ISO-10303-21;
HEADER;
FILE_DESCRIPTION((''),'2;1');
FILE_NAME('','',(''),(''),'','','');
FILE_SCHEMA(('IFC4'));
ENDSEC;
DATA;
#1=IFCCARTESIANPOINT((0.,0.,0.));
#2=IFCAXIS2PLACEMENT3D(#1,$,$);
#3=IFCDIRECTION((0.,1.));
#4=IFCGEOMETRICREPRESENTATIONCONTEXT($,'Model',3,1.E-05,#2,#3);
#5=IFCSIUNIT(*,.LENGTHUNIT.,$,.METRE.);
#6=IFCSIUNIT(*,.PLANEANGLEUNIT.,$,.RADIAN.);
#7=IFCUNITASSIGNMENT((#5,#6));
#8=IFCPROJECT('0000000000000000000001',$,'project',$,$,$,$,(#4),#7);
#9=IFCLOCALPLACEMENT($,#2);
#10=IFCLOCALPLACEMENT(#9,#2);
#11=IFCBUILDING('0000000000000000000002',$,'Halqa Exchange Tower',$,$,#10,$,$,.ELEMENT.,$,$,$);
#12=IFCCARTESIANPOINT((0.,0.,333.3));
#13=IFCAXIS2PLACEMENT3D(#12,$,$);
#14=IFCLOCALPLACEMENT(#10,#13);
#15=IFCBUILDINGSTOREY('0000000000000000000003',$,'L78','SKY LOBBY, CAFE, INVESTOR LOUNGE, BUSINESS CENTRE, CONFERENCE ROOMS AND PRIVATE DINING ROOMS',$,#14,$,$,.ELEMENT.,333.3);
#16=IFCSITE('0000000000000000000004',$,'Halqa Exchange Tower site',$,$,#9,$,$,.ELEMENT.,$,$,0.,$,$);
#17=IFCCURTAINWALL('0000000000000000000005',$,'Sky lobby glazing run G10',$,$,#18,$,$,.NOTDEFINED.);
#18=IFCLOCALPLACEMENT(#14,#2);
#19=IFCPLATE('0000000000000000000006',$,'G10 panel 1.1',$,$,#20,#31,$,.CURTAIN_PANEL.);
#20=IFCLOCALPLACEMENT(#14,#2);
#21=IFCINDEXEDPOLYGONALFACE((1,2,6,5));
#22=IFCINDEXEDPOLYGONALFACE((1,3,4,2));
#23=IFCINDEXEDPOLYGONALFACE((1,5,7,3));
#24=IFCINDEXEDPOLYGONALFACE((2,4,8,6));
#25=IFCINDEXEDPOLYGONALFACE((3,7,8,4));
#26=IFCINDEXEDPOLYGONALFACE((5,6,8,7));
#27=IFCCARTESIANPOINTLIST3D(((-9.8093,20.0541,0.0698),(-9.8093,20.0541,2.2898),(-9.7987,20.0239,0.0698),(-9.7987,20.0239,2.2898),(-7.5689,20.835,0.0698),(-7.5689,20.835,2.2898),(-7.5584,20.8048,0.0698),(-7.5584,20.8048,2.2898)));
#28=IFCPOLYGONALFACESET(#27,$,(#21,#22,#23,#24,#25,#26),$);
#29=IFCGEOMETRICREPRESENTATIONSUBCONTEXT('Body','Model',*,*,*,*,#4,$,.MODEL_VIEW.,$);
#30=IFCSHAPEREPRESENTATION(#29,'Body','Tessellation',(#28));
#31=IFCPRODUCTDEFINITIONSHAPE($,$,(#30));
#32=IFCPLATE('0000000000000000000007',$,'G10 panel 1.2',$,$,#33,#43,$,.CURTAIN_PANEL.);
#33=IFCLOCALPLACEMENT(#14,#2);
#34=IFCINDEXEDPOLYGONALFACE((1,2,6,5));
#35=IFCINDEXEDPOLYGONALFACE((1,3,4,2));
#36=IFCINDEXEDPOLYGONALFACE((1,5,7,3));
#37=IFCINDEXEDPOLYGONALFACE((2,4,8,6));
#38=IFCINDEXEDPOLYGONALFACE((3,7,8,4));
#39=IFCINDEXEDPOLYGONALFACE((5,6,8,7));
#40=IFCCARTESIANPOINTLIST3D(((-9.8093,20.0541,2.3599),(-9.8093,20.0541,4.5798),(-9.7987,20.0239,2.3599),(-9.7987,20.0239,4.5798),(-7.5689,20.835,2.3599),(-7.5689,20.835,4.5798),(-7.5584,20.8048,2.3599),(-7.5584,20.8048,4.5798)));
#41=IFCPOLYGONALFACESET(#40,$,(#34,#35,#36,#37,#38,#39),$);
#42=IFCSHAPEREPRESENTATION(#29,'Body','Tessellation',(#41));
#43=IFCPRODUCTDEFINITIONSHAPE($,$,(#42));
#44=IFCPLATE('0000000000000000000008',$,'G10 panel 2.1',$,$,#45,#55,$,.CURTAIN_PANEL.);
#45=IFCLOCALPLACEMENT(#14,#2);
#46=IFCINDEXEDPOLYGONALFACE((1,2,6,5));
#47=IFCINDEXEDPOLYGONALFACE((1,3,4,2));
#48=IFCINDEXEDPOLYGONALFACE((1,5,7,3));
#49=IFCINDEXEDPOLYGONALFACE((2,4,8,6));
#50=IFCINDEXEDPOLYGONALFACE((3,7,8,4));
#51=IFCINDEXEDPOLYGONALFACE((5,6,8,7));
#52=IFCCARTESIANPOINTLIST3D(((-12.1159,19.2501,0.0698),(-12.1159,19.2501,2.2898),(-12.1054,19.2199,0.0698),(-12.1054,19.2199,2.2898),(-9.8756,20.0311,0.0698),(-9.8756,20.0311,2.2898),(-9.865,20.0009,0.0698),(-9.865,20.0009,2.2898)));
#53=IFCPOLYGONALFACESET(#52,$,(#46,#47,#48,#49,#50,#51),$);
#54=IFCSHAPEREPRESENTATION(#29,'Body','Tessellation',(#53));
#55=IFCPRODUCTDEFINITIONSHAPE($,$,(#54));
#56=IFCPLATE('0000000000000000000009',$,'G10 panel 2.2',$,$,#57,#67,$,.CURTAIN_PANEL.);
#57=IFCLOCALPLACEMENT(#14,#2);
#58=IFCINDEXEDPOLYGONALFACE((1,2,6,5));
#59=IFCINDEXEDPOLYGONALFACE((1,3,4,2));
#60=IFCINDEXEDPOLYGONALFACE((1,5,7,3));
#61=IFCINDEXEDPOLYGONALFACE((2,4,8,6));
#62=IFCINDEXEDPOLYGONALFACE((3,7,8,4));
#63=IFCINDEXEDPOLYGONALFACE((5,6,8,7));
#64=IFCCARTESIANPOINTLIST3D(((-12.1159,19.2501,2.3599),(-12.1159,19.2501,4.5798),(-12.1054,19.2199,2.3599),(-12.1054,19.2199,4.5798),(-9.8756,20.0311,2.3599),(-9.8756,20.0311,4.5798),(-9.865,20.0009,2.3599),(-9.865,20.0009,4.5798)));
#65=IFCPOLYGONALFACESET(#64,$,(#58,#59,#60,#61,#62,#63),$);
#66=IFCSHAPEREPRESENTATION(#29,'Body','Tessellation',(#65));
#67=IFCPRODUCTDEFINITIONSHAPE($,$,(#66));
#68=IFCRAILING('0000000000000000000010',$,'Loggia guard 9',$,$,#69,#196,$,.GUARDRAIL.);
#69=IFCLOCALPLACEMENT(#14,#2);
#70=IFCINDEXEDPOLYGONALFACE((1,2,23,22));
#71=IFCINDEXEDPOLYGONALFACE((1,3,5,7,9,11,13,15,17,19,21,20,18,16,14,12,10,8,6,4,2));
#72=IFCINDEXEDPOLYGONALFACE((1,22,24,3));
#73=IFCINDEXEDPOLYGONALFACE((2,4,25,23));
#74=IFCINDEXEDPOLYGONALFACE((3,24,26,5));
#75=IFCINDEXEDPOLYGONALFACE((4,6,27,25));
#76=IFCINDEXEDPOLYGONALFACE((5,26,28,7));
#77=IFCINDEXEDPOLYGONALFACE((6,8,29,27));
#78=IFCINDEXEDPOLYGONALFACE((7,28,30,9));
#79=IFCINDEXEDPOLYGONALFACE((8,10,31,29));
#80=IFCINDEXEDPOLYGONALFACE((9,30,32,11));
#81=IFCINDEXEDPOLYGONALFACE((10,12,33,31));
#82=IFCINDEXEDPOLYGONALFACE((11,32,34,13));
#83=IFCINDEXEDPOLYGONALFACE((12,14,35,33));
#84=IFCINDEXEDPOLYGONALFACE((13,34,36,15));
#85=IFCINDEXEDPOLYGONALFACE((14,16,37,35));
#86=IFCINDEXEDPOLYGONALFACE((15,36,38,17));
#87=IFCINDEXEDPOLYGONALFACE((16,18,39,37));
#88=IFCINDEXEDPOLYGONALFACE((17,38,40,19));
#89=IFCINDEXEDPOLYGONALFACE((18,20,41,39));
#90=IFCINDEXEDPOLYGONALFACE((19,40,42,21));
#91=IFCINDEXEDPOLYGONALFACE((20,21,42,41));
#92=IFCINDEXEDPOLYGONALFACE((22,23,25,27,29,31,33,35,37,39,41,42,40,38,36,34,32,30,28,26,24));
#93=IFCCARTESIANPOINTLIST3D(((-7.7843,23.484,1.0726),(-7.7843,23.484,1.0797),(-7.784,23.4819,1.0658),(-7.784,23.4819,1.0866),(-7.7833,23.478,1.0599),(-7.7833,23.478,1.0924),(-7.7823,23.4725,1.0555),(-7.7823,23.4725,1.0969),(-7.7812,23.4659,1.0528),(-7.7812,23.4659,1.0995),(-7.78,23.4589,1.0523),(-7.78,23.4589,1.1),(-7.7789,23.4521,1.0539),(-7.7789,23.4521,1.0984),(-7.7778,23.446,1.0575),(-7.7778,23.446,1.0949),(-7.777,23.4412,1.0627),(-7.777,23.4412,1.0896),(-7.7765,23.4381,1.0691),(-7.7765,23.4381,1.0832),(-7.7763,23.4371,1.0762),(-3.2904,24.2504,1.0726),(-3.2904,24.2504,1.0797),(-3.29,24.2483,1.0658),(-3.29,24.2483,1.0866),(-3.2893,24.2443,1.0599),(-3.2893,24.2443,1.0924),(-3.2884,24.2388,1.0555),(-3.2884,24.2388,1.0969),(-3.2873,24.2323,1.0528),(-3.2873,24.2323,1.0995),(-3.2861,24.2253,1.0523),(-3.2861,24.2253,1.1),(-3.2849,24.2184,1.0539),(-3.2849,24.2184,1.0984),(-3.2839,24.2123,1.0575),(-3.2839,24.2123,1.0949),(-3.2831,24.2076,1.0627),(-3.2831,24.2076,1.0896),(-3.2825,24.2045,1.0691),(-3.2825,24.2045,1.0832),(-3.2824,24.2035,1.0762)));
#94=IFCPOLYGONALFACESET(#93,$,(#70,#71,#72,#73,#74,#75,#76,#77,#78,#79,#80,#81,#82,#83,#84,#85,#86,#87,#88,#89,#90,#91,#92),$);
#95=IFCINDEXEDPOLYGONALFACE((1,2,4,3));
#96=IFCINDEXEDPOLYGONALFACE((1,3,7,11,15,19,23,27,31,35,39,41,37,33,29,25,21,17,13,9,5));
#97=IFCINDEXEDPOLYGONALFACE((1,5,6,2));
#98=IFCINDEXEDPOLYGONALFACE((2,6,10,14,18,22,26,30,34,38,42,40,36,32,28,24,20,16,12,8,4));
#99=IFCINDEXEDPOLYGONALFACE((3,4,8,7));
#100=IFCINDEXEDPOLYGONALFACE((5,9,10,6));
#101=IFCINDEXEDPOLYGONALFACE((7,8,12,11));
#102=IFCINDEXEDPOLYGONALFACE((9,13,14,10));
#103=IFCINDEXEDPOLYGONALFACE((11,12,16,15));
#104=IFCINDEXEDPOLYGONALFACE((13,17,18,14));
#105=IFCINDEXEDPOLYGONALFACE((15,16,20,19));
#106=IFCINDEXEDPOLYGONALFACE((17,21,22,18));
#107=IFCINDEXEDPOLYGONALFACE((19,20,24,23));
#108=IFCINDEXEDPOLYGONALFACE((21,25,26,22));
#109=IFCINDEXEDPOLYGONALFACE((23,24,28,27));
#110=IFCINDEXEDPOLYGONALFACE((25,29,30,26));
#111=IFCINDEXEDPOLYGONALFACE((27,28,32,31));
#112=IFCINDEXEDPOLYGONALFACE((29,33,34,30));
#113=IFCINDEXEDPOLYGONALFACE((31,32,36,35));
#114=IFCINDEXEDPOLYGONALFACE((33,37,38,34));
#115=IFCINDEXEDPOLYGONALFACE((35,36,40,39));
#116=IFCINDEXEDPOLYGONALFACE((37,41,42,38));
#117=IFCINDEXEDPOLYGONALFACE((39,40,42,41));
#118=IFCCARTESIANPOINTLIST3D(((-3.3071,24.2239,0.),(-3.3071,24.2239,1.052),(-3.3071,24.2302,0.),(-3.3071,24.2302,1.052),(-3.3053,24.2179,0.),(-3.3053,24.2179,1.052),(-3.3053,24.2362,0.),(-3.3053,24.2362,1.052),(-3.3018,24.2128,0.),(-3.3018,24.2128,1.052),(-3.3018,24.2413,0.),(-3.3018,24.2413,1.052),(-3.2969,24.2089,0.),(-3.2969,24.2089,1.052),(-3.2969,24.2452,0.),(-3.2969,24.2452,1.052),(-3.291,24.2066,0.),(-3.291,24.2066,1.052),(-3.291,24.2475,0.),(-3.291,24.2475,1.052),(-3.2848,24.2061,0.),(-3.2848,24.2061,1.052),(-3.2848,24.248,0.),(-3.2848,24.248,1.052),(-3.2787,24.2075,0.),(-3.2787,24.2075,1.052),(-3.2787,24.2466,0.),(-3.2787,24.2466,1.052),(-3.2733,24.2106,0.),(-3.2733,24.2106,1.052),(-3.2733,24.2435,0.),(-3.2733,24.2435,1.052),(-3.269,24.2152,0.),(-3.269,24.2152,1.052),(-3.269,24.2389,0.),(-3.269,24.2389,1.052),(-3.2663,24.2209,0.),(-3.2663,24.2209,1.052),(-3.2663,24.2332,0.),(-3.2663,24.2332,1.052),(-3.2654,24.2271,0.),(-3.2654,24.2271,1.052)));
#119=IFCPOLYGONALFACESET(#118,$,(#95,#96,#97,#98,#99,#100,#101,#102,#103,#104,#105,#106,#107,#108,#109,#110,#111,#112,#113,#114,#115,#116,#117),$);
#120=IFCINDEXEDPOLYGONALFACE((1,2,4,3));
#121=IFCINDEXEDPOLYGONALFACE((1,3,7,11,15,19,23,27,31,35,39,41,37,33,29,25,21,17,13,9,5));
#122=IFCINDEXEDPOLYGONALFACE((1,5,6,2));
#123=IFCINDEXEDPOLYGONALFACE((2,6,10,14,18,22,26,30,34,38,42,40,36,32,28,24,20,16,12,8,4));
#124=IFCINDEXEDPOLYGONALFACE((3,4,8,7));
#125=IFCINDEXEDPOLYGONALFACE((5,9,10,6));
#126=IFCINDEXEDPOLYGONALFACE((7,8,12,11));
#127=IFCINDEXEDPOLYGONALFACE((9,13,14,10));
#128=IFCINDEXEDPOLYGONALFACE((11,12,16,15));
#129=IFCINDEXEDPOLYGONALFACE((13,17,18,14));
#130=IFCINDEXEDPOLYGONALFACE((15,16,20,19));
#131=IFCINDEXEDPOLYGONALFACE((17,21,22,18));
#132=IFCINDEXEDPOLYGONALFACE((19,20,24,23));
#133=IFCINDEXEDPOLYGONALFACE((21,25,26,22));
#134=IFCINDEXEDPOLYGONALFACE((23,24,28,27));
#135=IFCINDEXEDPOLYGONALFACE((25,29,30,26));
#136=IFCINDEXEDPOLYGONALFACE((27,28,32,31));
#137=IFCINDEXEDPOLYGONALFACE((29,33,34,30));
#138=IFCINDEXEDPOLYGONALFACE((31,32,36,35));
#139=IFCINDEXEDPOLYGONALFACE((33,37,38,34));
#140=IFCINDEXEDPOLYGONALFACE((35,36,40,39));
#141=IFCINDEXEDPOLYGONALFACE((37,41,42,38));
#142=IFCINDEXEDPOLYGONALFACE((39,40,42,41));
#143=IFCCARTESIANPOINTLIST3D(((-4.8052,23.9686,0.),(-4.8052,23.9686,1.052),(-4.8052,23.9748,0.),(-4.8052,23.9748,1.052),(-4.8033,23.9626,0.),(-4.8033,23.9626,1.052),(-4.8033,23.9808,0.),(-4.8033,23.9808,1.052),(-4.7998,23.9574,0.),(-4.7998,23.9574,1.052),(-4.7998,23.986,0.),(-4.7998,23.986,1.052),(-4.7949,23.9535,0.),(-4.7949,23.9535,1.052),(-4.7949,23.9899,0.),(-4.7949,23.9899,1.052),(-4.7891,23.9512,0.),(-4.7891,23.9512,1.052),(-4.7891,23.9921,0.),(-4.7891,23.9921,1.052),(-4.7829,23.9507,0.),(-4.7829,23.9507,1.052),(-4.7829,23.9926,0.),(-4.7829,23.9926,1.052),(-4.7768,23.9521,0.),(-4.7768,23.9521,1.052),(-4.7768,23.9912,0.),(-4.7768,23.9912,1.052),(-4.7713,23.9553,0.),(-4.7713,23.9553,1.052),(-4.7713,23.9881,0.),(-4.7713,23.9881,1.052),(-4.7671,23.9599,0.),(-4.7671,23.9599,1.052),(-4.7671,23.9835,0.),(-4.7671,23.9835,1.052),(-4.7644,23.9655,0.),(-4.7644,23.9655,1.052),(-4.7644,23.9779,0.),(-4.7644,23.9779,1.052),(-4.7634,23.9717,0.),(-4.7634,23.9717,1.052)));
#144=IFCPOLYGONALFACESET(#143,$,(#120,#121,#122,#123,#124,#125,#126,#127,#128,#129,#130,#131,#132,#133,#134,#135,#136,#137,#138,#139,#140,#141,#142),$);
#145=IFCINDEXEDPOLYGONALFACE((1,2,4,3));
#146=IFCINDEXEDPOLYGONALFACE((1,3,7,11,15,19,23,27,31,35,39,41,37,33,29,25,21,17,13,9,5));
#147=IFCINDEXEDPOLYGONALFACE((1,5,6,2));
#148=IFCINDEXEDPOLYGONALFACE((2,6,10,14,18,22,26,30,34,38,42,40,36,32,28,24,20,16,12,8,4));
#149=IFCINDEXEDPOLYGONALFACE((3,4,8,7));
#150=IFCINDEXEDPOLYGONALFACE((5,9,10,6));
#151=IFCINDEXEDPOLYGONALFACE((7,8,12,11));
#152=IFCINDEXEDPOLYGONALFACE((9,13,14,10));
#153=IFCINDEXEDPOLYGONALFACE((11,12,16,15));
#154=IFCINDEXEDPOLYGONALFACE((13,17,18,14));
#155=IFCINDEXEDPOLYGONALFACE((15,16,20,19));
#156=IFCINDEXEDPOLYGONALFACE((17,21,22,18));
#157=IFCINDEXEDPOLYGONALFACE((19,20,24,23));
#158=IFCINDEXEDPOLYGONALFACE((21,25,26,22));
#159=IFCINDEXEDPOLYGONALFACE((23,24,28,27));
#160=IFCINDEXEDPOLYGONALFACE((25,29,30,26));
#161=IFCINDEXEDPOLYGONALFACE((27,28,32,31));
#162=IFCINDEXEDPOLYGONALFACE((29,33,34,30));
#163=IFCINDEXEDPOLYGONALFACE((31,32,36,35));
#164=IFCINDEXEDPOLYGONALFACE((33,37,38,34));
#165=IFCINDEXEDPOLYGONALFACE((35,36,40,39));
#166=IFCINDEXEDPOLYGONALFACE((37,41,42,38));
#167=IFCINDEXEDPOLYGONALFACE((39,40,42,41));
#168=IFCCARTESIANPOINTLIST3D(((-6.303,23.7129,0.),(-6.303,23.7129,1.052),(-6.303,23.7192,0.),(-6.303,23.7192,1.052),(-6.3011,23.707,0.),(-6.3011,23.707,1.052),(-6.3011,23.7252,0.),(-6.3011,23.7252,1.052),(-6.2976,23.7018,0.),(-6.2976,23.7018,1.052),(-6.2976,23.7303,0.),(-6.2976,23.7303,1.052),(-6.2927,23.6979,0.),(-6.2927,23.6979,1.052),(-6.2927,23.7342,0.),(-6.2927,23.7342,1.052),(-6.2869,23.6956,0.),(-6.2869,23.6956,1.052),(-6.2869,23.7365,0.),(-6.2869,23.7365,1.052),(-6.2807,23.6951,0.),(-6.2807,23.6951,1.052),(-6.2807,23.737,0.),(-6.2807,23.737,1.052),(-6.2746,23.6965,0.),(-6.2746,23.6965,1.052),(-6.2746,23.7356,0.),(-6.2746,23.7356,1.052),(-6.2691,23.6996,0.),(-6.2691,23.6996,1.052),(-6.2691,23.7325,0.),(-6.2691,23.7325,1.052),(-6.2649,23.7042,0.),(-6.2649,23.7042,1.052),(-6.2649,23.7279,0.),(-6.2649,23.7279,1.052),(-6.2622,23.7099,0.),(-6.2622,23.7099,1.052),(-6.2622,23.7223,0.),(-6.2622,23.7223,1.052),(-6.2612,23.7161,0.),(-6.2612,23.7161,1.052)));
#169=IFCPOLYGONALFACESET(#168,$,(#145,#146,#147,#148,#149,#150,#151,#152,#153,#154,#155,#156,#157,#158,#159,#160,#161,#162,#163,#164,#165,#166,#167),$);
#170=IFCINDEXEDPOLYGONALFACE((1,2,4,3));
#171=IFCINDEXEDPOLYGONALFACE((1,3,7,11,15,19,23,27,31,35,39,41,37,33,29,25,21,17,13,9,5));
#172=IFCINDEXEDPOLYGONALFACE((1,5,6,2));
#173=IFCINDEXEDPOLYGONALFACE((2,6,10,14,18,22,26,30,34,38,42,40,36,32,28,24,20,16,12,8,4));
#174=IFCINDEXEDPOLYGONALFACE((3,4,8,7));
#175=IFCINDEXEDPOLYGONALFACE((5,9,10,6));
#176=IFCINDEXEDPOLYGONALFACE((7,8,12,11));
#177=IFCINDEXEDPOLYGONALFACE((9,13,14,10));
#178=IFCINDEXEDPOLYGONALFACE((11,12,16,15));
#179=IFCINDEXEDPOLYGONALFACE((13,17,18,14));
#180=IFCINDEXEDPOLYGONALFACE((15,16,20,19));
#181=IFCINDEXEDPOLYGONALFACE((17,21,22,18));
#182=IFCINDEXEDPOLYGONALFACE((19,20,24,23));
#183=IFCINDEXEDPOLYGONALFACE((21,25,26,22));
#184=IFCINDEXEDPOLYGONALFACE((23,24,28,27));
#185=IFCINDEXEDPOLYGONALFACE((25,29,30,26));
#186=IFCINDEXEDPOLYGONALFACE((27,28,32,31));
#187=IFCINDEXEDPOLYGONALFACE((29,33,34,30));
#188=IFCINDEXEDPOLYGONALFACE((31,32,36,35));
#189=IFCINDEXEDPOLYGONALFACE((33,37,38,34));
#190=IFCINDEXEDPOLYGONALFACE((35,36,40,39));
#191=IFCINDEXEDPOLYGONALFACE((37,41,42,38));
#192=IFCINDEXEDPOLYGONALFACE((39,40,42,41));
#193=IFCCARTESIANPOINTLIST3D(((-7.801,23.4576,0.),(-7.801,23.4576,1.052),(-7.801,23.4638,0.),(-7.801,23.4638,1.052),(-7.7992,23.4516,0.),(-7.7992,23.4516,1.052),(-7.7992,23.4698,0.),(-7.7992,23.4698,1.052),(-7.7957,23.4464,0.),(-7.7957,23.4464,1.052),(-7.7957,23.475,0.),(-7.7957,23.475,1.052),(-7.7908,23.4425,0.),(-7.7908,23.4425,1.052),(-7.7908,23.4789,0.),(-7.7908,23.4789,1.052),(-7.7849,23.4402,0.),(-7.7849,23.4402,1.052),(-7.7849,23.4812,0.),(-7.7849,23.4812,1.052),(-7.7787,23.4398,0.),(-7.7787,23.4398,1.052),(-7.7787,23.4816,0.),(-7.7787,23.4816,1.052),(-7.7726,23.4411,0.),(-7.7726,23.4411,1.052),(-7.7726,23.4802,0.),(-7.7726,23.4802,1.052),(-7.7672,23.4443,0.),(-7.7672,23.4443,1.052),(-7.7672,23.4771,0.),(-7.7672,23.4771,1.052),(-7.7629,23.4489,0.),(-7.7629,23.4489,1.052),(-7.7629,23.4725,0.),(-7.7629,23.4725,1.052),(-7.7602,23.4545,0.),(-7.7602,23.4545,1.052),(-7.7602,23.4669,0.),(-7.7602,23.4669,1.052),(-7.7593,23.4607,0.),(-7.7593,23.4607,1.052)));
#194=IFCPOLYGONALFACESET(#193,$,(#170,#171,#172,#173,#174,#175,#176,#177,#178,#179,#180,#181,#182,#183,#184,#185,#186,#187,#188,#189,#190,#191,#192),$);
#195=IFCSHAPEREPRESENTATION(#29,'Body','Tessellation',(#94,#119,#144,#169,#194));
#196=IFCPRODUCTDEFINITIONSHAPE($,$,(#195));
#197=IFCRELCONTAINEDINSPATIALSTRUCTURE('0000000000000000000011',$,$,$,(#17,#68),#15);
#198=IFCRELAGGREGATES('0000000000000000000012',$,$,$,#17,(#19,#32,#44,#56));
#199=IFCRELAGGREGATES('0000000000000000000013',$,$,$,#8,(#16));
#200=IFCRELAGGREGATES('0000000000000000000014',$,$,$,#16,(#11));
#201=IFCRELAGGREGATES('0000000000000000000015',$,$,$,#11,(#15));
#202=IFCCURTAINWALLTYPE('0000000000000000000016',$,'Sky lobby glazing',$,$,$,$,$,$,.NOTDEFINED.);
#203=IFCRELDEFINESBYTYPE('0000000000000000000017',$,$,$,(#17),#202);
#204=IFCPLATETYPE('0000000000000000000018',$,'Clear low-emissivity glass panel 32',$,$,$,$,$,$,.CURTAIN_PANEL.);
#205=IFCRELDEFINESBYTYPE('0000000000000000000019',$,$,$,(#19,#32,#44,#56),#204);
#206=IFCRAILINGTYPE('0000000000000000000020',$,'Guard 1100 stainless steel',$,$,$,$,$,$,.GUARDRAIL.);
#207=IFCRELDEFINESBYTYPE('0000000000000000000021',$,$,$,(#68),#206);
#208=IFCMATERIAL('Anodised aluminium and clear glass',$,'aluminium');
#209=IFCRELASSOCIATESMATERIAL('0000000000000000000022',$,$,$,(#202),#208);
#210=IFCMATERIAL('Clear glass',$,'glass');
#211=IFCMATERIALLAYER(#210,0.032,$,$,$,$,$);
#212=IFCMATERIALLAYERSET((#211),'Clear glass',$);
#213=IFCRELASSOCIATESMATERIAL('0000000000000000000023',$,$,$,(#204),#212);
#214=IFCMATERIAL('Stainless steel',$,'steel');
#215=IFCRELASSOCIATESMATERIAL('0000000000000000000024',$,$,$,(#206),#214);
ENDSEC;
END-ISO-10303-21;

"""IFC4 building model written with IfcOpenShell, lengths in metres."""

from ifc_helpers import new_model, si_unit, direction, frame, origin, origin_2d, place, context, subcontext, project, spatial, rectangle, circle, extrude, material, layer, layer_set, type_object, element, aggregate, save


model = new_model("IFC4")

# Units and contexts
model_context = context("Model", 3, precision=1e-05, world=origin(), true_north=direction((0.0, 1.0)))
body_context = subcontext(model_context, "Body", "Model", "MODEL_VIEW")
ifc_project = project(units=[si_unit("LENGTHUNIT", "METRE"), si_unit("PLANEANGLEUNIT", "RADIAN")], contexts=[model_context])

# Site, building, storey
site_placement = place(None, origin())
site = spatial("IfcSite", under=ifc_project, at=site_placement, Name="Halqa Exchange Tower site", CompositionType="ELEMENT", RefElevation=0.0)
building_placement = place(site_placement, origin())
building = spatial("IfcBuilding", under=site, at=building_placement, Name="Halqa Exchange Tower", CompositionType="ELEMENT")
storey_placement = place(building_placement, frame((0.0, 0.0, 333.3)))
storey = spatial("IfcBuildingStorey", under=building, at=storey_placement, Name="L78", Description="SKY LOBBY, CAFE, INVESTOR LOUNGE, BUSINESS CENTRE, CONFERENCE ROOMS AND PRIVATE DINING ROOMS", CompositionType="ELEMENT", Elevation=333.3)

# Curtain wall
ifc_material_1 = material(Name="Anodised aluminium and clear glass", Category="aluminium")
curtain_wall_type = type_object("IfcCurtainWallType", Name="Sky lobby glazing", PredefinedType="NOTDEFINED", material=ifc_material_1)
curtain_wall_1_placement = place(storey_placement, origin())
curtain_wall_1 = element("IfcCurtainWall", 1, at=curtain_wall_1_placement, inside=storey, type_object=curtain_wall_type, Name="Sky lobby glazing run G10", PredefinedType="NOTDEFINED")

# Plates
ifc_material_2 = material(Name="Clear glass", Category="glass")
ifc_layer = layer(ifc_material_2, 0.032)
ifc_layer_set = layer_set([ifc_layer], Name="Clear glass")
plate_type = type_object("IfcPlateType", Name="Clear low-emissivity glass panel 32", PredefinedType="CURTAIN_PANEL", material=ifc_layer_set)
plate_1_placement = place(storey_placement, frame((-8.6838, 20.4294, 0.0698), z_axis=(0.0, 0.0, 1.0), x_axis=(-0.944274, -0.32916, 0.0)))
plate_1 = element("IfcPlate", 2, at=plate_1_placement, type_object=plate_type, Name="G10 panel 1.1", PredefinedType="CURTAIN_PANEL", context=body_context, shape_type="SweptSolid", body=[
    extrude(rectangle(XDim=2.3726, YDim=0.032, at=origin_2d()), origin(), (0.0, 0.0, 1.0), 2.22),
])
plate_2_placement = place(storey_placement, frame((-8.6838, 20.4294, 2.3599), z_axis=(0.0, 0.0, 1.0), x_axis=(-0.944274, -0.32916, 0.0)))
plate_2 = element("IfcPlate", 3, at=plate_2_placement, type_object=plate_type, Name="G10 panel 1.2", PredefinedType="CURTAIN_PANEL", context=body_context, shape_type="SweptSolid", body=[
    extrude(rectangle(XDim=2.3726, YDim=0.032, at=origin_2d()), origin(), (0.0, 0.0, 1.0), 2.22),
])
plate_3_placement = place(storey_placement, frame((-10.9905, 19.6255, 0.0698), z_axis=(0.0, 0.0, 1.0), x_axis=(-0.944274, -0.32916, 0.0)))
plate_3 = element("IfcPlate", 4, at=plate_3_placement, type_object=plate_type, Name="G10 panel 2.1", PredefinedType="CURTAIN_PANEL", context=body_context, shape_type="SweptSolid", body=[
    extrude(rectangle(XDim=2.3726, YDim=0.032, at=origin_2d()), origin(), (0.0, 0.0, 1.0), 2.22),
])
plate_4_placement = place(storey_placement, frame((-10.9905, 19.6255, 2.3599), z_axis=(0.0, 0.0, 1.0), x_axis=(-0.944274, -0.32916, 0.0)))
plate_4 = element("IfcPlate", 5, at=plate_4_placement, type_object=plate_type, Name="G10 panel 2.2", PredefinedType="CURTAIN_PANEL", context=body_context, shape_type="SweptSolid", body=[
    extrude(rectangle(XDim=2.3726, YDim=0.032, at=origin_2d()), origin(), (0.0, 0.0, 1.0), 2.22),
])
aggregate(curtain_wall_1, [plate_1, plate_2, plate_3, plate_4])

# Railing
ifc_material_3 = material(Name="Stainless steel", Category="steel")
railing_type = type_object("IfcRailingType", Name="Guard 1100 stainless steel", PredefinedType="GUARDRAIL", material=ifc_material_3)
railing_1_placement = place(storey_placement, frame((-3.2864, 24.2271, 0.0)))
element("IfcRailing", 6, at=railing_1_placement, inside=storey, type_object=railing_type, Name="Loggia guard 9", PredefinedType="GUARDRAIL", context=body_context, shape_type="SweptSolid", body=[
    extrude(circle(Radius=0.0239, at=origin_2d()), frame((0.0, 0.0, 1.0762), z_axis=(-0.985769, -0.168106, 0.0), x_axis=(0.168106, -0.985769, 0.0)), (0.0, 0.0, 1.0), 4.5588),
    extrude(circle(Radius=0.021, at=origin_2d()), origin(), (0.0, 0.0, 1.0), 1.052),
    extrude(circle(Radius=0.021, at=origin_2d()), frame((-1.498, -0.2554, 0.0)), (0.0, 0.0, 1.0), 1.052),
    extrude(circle(Radius=0.021, at=origin_2d()), frame((-2.9958, -0.511, 0.0)), (0.0, 0.0, 1.0), 1.052),
    extrude(circle(Radius=0.021, at=origin_2d()), frame((-4.4939, -0.7664, 0.0)), (0.0, 0.0, 1.0), 1.052),
])

save(model, "model.ifc")
